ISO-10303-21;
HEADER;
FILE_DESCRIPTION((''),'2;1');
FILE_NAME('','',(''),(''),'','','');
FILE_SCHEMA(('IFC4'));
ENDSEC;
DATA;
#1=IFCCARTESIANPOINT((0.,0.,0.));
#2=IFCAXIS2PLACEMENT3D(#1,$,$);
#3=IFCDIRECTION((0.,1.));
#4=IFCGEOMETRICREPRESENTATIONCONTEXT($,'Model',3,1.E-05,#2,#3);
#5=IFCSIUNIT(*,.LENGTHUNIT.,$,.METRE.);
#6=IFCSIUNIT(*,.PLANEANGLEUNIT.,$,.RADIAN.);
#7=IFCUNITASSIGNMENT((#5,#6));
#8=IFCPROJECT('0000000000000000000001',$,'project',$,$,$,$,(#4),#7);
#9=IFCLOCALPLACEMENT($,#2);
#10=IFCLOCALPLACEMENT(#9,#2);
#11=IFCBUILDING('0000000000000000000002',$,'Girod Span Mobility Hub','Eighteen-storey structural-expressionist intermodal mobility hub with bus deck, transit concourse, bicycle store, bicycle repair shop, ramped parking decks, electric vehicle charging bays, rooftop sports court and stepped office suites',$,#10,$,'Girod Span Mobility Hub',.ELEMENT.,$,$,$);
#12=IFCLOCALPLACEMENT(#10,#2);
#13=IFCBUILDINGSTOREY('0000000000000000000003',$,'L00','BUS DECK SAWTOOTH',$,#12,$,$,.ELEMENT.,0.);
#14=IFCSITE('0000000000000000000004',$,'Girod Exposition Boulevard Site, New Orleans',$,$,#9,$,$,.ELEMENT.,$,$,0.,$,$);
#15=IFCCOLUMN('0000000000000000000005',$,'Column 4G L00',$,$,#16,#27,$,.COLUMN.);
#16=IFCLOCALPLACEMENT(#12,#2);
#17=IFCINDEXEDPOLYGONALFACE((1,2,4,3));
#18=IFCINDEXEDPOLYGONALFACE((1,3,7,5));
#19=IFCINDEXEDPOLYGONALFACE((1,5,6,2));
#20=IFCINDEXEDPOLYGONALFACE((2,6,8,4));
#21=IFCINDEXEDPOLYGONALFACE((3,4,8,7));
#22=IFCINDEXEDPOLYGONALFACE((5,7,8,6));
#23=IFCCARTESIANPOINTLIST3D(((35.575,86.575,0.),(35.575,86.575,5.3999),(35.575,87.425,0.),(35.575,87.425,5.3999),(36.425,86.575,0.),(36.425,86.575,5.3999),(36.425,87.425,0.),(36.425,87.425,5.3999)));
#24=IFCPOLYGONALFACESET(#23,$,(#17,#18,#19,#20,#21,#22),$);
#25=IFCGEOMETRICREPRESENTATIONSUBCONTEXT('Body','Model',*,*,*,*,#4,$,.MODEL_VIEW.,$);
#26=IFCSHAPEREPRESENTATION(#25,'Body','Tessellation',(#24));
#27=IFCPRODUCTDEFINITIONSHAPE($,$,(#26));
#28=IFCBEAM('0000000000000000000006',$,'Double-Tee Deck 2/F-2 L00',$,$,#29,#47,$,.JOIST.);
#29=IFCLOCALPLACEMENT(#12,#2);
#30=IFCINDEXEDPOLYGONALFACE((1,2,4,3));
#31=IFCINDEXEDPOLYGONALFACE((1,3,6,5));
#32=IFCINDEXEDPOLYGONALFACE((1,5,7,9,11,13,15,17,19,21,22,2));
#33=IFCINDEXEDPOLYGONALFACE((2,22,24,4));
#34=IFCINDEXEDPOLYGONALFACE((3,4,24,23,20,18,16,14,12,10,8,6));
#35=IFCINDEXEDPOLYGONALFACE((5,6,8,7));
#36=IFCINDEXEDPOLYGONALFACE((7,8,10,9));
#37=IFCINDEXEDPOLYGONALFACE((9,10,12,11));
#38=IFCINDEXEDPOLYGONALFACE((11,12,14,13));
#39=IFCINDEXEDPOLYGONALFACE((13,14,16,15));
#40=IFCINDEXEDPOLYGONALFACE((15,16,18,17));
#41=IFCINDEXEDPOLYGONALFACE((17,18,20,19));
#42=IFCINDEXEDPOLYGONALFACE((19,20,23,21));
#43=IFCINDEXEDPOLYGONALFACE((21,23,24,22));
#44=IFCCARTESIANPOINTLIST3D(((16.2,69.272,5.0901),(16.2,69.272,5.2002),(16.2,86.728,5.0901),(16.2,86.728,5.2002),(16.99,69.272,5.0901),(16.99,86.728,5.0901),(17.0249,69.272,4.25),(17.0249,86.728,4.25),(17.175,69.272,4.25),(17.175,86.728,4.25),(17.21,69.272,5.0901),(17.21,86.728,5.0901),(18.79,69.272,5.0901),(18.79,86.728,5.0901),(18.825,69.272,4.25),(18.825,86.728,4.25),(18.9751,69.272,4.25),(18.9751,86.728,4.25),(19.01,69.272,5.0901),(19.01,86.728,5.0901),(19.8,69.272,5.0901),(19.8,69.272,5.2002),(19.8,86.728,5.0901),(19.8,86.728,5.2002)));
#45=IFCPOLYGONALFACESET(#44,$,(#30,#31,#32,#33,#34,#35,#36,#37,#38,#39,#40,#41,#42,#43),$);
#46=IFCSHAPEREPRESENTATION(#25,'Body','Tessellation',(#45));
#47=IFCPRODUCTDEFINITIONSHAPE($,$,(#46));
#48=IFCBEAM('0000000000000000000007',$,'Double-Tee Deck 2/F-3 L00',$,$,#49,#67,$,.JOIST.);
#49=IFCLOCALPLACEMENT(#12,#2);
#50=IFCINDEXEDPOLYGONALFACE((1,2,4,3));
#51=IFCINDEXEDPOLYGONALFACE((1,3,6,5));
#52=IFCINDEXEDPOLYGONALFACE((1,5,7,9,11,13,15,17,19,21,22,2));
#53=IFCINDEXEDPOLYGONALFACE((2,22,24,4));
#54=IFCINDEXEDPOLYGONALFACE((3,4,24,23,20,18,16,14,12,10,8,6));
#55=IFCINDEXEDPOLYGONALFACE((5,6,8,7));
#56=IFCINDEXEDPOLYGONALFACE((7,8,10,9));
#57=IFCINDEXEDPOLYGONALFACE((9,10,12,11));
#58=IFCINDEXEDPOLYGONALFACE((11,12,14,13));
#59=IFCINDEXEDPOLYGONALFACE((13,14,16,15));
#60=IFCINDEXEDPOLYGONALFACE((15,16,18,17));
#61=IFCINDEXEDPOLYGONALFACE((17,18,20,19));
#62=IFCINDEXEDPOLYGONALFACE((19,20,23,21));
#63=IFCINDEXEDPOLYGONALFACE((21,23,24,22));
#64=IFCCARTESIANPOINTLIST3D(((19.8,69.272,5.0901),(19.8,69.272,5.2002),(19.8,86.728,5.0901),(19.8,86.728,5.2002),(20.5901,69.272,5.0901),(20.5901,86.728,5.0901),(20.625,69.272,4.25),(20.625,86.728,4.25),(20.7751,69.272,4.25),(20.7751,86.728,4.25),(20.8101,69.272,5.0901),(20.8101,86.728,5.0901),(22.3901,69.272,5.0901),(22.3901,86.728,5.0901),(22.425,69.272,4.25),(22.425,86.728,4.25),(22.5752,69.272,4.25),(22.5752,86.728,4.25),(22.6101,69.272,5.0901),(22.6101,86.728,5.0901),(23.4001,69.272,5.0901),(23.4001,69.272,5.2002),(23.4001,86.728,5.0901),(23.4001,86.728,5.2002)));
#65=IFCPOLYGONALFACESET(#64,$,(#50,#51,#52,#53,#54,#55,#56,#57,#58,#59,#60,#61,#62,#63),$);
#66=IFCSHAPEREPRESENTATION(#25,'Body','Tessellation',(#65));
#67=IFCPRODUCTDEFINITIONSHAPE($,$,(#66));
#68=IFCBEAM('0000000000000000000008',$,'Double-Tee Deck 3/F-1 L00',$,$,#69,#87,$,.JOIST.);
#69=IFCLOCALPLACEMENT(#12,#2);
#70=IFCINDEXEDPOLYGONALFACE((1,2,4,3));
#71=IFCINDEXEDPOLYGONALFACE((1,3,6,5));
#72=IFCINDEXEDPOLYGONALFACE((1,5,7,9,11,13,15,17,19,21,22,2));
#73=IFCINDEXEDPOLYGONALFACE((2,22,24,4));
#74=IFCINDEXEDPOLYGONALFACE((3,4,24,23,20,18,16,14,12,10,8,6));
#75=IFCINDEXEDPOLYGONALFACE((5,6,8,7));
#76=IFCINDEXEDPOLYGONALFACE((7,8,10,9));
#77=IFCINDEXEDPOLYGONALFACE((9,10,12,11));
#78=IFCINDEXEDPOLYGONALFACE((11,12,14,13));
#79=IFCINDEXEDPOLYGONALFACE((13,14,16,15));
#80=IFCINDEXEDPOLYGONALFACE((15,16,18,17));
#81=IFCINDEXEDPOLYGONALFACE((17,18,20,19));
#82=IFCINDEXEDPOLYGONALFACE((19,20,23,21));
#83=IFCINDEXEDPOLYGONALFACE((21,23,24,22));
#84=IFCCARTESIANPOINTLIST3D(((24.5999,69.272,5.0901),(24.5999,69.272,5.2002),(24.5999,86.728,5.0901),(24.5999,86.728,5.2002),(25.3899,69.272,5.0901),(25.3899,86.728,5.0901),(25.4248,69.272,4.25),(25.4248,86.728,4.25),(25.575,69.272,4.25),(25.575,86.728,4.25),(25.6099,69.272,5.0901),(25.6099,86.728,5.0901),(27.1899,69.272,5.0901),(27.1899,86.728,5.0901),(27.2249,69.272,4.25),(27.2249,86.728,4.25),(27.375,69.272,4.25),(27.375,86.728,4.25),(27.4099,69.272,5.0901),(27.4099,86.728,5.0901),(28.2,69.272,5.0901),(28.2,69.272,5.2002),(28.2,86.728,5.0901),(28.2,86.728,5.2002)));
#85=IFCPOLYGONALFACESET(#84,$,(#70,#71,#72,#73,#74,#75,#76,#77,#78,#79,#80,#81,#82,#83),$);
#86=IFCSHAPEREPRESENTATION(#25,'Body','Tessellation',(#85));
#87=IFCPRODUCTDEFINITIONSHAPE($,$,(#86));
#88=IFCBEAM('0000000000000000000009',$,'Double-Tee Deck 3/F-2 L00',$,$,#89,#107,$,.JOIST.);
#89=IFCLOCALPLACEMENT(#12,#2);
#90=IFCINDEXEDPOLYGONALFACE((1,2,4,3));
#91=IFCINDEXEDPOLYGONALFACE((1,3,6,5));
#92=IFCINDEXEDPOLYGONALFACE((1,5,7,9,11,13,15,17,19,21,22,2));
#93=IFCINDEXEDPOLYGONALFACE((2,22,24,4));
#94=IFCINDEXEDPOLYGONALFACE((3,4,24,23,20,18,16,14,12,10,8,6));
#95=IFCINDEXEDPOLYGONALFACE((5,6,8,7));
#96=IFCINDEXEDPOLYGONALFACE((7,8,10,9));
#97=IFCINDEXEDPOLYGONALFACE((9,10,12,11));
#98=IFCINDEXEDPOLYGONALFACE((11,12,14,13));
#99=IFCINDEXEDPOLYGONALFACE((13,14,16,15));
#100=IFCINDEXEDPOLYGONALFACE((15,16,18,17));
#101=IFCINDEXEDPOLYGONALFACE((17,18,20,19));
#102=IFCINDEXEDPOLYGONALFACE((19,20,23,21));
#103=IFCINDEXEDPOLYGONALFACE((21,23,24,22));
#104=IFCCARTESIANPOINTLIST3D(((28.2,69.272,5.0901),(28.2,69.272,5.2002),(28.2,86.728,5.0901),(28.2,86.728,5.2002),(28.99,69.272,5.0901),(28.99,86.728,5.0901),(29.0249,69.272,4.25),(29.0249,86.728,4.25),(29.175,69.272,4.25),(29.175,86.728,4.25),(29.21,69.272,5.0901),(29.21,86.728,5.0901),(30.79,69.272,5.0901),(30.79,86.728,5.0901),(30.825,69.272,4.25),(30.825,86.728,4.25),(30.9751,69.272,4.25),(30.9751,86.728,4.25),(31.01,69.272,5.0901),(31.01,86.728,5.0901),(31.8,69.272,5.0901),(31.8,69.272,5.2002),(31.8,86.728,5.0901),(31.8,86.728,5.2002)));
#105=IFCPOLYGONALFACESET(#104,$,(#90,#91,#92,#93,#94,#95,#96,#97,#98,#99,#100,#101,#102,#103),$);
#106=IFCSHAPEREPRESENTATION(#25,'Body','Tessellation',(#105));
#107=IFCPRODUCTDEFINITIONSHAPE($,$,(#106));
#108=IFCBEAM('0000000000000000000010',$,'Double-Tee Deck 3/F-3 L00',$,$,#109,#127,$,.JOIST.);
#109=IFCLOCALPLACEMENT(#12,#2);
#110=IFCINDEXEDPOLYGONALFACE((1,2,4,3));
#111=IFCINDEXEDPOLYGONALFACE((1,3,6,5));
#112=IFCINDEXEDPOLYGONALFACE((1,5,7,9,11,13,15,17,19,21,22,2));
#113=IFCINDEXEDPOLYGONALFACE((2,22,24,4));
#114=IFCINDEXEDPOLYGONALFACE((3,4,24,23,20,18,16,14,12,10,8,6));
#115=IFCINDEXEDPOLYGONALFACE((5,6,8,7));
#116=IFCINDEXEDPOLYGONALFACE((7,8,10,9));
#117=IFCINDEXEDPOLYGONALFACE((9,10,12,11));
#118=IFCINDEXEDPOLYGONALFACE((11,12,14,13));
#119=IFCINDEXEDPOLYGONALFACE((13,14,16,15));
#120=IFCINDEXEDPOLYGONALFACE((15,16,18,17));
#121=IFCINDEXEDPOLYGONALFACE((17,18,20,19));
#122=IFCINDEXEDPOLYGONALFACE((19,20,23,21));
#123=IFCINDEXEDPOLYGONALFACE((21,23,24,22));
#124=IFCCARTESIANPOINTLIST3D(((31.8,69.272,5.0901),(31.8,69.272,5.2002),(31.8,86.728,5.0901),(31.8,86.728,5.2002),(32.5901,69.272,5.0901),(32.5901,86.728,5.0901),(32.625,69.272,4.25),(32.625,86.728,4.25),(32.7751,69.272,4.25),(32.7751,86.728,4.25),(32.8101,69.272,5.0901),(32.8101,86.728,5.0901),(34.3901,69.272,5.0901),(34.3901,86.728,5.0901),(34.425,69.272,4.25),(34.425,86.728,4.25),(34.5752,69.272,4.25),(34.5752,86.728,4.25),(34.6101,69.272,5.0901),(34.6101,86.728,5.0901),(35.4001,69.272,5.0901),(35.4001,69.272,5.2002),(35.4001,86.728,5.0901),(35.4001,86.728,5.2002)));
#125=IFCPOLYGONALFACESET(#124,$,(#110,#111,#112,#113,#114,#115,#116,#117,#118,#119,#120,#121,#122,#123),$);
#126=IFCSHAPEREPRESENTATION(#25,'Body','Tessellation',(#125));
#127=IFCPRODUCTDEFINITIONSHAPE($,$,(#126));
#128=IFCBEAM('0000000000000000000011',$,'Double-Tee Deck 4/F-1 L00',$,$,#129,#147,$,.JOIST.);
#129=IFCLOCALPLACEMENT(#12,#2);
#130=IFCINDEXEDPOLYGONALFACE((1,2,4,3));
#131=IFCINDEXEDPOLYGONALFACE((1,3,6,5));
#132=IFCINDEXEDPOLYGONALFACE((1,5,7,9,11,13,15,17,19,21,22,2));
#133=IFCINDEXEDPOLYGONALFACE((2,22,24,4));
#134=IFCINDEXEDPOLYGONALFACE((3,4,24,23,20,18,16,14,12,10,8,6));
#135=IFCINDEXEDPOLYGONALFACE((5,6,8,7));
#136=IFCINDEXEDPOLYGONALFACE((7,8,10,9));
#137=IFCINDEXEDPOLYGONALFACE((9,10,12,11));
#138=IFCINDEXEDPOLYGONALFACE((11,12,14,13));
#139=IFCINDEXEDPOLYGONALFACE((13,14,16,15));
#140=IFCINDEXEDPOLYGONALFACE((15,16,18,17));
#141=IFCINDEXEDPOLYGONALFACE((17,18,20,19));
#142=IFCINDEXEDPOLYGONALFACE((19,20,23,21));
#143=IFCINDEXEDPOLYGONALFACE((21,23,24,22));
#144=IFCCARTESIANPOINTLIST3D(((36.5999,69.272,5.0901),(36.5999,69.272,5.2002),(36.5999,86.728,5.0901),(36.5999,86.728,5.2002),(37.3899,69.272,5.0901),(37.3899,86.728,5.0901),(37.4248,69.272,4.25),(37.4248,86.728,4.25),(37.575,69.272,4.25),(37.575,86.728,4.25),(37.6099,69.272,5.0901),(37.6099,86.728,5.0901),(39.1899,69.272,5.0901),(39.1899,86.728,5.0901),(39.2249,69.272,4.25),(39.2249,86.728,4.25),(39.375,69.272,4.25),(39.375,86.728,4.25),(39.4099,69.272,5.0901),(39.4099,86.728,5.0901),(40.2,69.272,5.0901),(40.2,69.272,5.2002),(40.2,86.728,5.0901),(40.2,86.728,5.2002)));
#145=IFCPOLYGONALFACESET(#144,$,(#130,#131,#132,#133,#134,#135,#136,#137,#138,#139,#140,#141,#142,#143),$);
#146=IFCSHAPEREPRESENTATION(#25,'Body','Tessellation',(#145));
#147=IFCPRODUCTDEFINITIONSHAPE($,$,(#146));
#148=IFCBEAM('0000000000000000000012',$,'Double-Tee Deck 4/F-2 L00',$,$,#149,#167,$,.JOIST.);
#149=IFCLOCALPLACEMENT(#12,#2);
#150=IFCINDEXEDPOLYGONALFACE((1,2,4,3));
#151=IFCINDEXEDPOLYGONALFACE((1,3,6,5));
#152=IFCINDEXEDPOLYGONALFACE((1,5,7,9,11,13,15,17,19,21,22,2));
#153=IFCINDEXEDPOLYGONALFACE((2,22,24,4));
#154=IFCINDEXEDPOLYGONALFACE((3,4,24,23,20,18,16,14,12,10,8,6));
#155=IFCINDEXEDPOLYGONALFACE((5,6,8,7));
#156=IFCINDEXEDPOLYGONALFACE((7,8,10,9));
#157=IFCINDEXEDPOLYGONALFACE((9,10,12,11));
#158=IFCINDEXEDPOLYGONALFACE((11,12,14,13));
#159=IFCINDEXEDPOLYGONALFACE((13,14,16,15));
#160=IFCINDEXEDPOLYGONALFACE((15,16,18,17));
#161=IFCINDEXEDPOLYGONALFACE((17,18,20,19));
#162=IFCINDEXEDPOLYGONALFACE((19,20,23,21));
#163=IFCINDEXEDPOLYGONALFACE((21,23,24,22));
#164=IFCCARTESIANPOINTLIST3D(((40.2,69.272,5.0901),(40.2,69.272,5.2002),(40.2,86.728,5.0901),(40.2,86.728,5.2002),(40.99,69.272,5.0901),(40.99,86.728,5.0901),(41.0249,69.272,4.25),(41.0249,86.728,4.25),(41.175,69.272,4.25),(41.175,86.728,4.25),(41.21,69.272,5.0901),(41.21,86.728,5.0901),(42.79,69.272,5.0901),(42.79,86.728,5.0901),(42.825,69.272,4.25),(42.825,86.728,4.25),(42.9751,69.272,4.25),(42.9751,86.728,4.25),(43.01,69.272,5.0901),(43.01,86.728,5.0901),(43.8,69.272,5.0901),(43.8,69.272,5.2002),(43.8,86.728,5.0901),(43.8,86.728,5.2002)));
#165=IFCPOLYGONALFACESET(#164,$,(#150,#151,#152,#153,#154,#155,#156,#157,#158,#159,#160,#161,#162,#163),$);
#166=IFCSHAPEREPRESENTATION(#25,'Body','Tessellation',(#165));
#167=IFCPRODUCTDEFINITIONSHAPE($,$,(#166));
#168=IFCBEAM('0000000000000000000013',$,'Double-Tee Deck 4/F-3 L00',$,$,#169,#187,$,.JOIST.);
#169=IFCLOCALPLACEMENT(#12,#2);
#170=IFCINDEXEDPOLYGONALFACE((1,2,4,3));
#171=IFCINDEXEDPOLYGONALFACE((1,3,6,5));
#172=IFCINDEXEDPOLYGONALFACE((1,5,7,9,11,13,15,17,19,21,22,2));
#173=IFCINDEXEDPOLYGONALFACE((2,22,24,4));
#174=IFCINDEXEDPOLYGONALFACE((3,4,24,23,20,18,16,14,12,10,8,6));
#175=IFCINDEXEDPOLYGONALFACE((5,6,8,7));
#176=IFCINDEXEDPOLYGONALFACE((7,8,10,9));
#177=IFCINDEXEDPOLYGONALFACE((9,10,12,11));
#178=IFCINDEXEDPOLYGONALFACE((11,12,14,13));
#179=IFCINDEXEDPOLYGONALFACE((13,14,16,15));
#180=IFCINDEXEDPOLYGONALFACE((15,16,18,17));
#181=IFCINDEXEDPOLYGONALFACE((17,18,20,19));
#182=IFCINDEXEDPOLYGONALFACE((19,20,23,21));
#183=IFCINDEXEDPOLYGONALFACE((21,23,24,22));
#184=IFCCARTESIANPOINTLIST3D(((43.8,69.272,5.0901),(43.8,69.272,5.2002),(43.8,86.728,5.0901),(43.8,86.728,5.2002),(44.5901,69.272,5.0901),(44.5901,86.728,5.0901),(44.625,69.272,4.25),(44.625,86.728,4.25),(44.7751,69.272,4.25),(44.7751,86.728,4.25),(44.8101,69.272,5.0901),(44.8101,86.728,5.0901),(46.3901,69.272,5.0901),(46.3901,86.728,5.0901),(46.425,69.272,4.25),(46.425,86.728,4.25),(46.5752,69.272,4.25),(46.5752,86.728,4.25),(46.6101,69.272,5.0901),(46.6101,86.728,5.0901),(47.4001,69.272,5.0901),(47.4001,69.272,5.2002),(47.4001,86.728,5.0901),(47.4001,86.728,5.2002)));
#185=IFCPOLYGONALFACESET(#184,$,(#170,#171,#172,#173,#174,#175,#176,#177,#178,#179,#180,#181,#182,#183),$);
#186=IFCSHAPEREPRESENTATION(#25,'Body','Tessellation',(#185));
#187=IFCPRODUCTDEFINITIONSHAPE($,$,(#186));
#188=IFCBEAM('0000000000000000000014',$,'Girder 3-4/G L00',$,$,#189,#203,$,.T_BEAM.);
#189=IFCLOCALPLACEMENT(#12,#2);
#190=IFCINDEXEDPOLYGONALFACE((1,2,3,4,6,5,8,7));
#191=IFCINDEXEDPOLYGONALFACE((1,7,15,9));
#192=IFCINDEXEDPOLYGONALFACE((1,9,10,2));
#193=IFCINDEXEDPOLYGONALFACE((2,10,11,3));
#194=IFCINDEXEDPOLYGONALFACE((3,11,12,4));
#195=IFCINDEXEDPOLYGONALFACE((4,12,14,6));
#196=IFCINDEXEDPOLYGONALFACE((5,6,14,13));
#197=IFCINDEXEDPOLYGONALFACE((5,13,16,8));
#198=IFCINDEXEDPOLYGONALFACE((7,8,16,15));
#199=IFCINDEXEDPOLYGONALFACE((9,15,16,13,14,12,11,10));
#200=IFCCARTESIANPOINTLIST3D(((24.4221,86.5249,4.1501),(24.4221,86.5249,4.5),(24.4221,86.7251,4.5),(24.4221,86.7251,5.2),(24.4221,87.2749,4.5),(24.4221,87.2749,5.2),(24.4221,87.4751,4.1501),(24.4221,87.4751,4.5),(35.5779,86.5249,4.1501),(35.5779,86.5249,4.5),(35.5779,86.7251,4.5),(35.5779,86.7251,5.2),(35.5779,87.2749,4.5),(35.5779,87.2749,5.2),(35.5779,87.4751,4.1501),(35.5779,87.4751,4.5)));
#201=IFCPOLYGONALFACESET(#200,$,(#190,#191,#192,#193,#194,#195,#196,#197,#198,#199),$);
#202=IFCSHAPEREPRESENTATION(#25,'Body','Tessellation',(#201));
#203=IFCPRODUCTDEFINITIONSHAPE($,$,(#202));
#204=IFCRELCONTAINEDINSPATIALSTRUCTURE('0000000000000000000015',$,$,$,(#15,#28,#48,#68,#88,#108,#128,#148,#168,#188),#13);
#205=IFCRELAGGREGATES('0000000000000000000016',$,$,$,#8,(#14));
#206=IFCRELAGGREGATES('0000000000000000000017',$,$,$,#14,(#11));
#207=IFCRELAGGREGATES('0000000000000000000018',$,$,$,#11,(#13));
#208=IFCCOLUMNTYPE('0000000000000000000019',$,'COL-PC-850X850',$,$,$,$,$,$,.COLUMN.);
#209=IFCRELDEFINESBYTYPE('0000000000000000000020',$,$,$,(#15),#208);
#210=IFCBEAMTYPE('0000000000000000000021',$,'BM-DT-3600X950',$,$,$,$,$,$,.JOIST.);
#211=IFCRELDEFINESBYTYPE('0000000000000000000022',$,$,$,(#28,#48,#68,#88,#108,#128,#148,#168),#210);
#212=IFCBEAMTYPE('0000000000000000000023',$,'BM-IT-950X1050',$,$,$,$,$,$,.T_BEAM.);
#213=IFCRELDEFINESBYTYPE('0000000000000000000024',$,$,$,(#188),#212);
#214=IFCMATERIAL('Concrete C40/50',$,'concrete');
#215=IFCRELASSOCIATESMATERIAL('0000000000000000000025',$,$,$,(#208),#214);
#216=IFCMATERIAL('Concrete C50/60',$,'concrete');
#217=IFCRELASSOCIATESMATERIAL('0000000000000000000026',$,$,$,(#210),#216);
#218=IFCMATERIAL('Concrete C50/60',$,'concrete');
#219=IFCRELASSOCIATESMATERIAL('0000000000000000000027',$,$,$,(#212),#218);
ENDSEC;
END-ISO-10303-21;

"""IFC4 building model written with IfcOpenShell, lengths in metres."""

from ifc_helpers import new_model, si_unit, direction, frame, origin, origin_2d, place, context, subcontext, project, spatial, polyline, rectangle, outline, extrude, material, material_profile, profile_set, type_object, element, save


model = new_model("IFC4")

# Units and contexts
model_context = context("Model", 3, precision=1e-05, world=origin(), true_north=direction((0.0, 1.0)))
body_context = subcontext(model_context, "Body", "Model", "MODEL_VIEW")
ifc_project = project(units=[si_unit("LENGTHUNIT", "METRE"), si_unit("PLANEANGLEUNIT", "RADIAN")], contexts=[model_context])

# Site, building, storey
site_placement = place(None, origin())
site = spatial("IfcSite", under=ifc_project, at=site_placement, Name="Girod Exposition Boulevard Site, New Orleans", CompositionType="ELEMENT", RefElevation=0.0)
building_placement = place(site_placement, origin())
building = spatial("IfcBuilding", under=site, at=building_placement, Name="Girod Span Mobility Hub", Description="Eighteen-storey structural-expressionist intermodal mobility hub with bus deck, transit concourse, bicycle store, bicycle repair shop, ramped parking decks, electric vehicle charging bays, rooftop sports court and stepped office suites", LongName="Girod Span Mobility Hub", CompositionType="ELEMENT")
storey_placement = place(building_placement, origin())
storey = spatial("IfcBuildingStorey", under=building, at=storey_placement, Name="L00", Description="BUS DECK SAWTOOTH", CompositionType="ELEMENT", Elevation=0.0)

# Column
ifc_material_1 = material(Name="Concrete C40/50", Category="concrete")
ifc_material_profile_1 = material_profile(ifc_material_1, rectangle(XDim=0.8501, YDim=0.8501, at=origin_2d()), Name="PC-COL-850X850")
ifc_profile_set_1 = profile_set([ifc_material_profile_1], Name="Concrete C40/50")
column_type = type_object("IfcColumnType", Name="COL-PC-850X850", PredefinedType="COLUMN", material=ifc_profile_set_1)
for number, where, z_axis, x_axis, name in (
    (1, (36.0, 87.0, 0.0), (0.0, 0.0, 1.0), (1.0, 0.0, 0.0), "Column 4G L00"),
):
    element("IfcColumn", number, at=place(storey_placement, frame(where, z_axis=z_axis, x_axis=x_axis)), inside=storey, type_object=column_type, Name=name, PredefinedType="COLUMN", context=body_context, shape_type="SweptSolid", body=[
        extrude(rectangle(XDim=0.8501, YDim=0.8501, at=origin_2d()), origin(), (0.0, 0.0, 1.0), 5.3999),
    ])

# Beams
ifc_material_2 = material(Name="Concrete C50/60", Category="concrete")
ifc_material_profile_2 = material_profile(ifc_material_2, outline(polyline([(-1.8, 0.4751), (-1.8, 0.365), (-1.01, 0.365), (-0.9751, -0.4751), (-0.825, -0.4751), (-0.79, 0.365), (0.79, 0.365), (0.825, -0.4751), (0.9751, -0.4751), (1.01, 0.365), (1.8, 0.365), (1.8, 0.4751), (-1.8, 0.4751)])), Name="DT-3600X950")
ifc_profile_set_2 = profile_set([ifc_material_profile_2], Name="Concrete C50/60")
beam_type_1 = type_object("IfcBeamType", Name="BM-DT-3600X950", PredefinedType="JOIST", material=ifc_profile_set_2)
for number, where, z_axis, x_axis, name in (
    (2, (18.0, 69.272, 4.7251), (0.0, 1.0, 0.0), (-1.0, 0.0, 0.0), "Double-Tee Deck 2/F-2 L00"),
    (3, (21.6001, 69.272, 4.7251), (0.0, 1.0, 0.0), (-1.0, 0.0, 0.0), "Double-Tee Deck 2/F-3 L00"),
    (4, (26.3999, 69.272, 4.7251), (0.0, 1.0, 0.0), (-1.0, 0.0, 0.0), "Double-Tee Deck 3/F-1 L00"),
    (5, (30.0, 69.272, 4.7251), (0.0, 1.0, 0.0), (-1.0, 0.0, 0.0), "Double-Tee Deck 3/F-2 L00"),
    (6, (33.6001, 69.272, 4.7251), (0.0, 1.0, 0.0), (-1.0, 0.0, 0.0), "Double-Tee Deck 3/F-3 L00"),
    (7, (38.3999, 69.272, 4.7251), (0.0, 1.0, 0.0), (-1.0, 0.0, 0.0), "Double-Tee Deck 4/F-1 L00"),
    (8, (42.0, 69.272, 4.7251), (0.0, 1.0, 0.0), (-1.0, 0.0, 0.0), "Double-Tee Deck 4/F-2 L00"),
    (9, (45.6001, 69.272, 4.7251), (0.0, 1.0, 0.0), (-1.0, 0.0, 0.0), "Double-Tee Deck 4/F-3 L00"),
):
    element("IfcBeam", number, at=place(storey_placement, frame(where, z_axis=z_axis, x_axis=x_axis)), inside=storey, type_object=beam_type_1, Name=name, PredefinedType="JOIST", context=body_context, shape_type="SweptSolid", body=[
        extrude(outline(polyline([(-1.8, 0.4751), (-1.8, 0.365), (-1.01, 0.365), (-0.9751, -0.4751), (-0.825, -0.4751), (-0.79, 0.365), (0.79, 0.365), (0.825, -0.4751), (0.9751, -0.4751), (1.01, 0.365), (1.8, 0.365), (1.8, 0.4751), (-1.8, 0.4751)])), origin(), (0.0, 0.0, 1.0), 17.4561),
    ])
ifc_material_3 = material(Name="Concrete C50/60", Category="concrete")
ifc_material_profile_3 = material_profile(ifc_material_3, outline(polyline([(-0.4751, -0.5249), (0.4751, -0.5249), (0.4751, -0.175), (0.2749, -0.175), (0.2749, 0.5249), (-0.2749, 0.5249), (-0.2749, -0.175), (-0.4751, -0.175), (-0.4751, -0.5249)])), Name="IT-950X1050")
ifc_profile_set_3 = profile_set([ifc_material_profile_3], Name="Concrete C50/60")
beam_type_2 = type_object("IfcBeamType", Name="BM-IT-950X1050", PredefinedType="T_BEAM", material=ifc_profile_set_3)
for number, where, z_axis, x_axis, name in (
    (10, (24.4221, 87.0, 4.675), (1.0, 0.0, 0.0), (0.0, 1.0, 0.0), "Girder 3-4/G L00"),
):
    element("IfcBeam", number, at=place(storey_placement, frame(where, z_axis=z_axis, x_axis=x_axis)), inside=storey, type_object=beam_type_2, Name=name, PredefinedType="T_BEAM", context=body_context, shape_type="SweptSolid", body=[
        extrude(outline(polyline([(-0.4751, -0.5249), (0.4751, -0.5249), (0.4751, -0.175), (0.2749, -0.175), (0.2749, 0.5249), (-0.2749, 0.5249), (-0.2749, -0.175), (-0.4751, -0.175), (-0.4751, -0.5249)])), origin(), (0.0, 0.0, 1.0), 11.1558),
    ])

save(model, "model.ifc")
